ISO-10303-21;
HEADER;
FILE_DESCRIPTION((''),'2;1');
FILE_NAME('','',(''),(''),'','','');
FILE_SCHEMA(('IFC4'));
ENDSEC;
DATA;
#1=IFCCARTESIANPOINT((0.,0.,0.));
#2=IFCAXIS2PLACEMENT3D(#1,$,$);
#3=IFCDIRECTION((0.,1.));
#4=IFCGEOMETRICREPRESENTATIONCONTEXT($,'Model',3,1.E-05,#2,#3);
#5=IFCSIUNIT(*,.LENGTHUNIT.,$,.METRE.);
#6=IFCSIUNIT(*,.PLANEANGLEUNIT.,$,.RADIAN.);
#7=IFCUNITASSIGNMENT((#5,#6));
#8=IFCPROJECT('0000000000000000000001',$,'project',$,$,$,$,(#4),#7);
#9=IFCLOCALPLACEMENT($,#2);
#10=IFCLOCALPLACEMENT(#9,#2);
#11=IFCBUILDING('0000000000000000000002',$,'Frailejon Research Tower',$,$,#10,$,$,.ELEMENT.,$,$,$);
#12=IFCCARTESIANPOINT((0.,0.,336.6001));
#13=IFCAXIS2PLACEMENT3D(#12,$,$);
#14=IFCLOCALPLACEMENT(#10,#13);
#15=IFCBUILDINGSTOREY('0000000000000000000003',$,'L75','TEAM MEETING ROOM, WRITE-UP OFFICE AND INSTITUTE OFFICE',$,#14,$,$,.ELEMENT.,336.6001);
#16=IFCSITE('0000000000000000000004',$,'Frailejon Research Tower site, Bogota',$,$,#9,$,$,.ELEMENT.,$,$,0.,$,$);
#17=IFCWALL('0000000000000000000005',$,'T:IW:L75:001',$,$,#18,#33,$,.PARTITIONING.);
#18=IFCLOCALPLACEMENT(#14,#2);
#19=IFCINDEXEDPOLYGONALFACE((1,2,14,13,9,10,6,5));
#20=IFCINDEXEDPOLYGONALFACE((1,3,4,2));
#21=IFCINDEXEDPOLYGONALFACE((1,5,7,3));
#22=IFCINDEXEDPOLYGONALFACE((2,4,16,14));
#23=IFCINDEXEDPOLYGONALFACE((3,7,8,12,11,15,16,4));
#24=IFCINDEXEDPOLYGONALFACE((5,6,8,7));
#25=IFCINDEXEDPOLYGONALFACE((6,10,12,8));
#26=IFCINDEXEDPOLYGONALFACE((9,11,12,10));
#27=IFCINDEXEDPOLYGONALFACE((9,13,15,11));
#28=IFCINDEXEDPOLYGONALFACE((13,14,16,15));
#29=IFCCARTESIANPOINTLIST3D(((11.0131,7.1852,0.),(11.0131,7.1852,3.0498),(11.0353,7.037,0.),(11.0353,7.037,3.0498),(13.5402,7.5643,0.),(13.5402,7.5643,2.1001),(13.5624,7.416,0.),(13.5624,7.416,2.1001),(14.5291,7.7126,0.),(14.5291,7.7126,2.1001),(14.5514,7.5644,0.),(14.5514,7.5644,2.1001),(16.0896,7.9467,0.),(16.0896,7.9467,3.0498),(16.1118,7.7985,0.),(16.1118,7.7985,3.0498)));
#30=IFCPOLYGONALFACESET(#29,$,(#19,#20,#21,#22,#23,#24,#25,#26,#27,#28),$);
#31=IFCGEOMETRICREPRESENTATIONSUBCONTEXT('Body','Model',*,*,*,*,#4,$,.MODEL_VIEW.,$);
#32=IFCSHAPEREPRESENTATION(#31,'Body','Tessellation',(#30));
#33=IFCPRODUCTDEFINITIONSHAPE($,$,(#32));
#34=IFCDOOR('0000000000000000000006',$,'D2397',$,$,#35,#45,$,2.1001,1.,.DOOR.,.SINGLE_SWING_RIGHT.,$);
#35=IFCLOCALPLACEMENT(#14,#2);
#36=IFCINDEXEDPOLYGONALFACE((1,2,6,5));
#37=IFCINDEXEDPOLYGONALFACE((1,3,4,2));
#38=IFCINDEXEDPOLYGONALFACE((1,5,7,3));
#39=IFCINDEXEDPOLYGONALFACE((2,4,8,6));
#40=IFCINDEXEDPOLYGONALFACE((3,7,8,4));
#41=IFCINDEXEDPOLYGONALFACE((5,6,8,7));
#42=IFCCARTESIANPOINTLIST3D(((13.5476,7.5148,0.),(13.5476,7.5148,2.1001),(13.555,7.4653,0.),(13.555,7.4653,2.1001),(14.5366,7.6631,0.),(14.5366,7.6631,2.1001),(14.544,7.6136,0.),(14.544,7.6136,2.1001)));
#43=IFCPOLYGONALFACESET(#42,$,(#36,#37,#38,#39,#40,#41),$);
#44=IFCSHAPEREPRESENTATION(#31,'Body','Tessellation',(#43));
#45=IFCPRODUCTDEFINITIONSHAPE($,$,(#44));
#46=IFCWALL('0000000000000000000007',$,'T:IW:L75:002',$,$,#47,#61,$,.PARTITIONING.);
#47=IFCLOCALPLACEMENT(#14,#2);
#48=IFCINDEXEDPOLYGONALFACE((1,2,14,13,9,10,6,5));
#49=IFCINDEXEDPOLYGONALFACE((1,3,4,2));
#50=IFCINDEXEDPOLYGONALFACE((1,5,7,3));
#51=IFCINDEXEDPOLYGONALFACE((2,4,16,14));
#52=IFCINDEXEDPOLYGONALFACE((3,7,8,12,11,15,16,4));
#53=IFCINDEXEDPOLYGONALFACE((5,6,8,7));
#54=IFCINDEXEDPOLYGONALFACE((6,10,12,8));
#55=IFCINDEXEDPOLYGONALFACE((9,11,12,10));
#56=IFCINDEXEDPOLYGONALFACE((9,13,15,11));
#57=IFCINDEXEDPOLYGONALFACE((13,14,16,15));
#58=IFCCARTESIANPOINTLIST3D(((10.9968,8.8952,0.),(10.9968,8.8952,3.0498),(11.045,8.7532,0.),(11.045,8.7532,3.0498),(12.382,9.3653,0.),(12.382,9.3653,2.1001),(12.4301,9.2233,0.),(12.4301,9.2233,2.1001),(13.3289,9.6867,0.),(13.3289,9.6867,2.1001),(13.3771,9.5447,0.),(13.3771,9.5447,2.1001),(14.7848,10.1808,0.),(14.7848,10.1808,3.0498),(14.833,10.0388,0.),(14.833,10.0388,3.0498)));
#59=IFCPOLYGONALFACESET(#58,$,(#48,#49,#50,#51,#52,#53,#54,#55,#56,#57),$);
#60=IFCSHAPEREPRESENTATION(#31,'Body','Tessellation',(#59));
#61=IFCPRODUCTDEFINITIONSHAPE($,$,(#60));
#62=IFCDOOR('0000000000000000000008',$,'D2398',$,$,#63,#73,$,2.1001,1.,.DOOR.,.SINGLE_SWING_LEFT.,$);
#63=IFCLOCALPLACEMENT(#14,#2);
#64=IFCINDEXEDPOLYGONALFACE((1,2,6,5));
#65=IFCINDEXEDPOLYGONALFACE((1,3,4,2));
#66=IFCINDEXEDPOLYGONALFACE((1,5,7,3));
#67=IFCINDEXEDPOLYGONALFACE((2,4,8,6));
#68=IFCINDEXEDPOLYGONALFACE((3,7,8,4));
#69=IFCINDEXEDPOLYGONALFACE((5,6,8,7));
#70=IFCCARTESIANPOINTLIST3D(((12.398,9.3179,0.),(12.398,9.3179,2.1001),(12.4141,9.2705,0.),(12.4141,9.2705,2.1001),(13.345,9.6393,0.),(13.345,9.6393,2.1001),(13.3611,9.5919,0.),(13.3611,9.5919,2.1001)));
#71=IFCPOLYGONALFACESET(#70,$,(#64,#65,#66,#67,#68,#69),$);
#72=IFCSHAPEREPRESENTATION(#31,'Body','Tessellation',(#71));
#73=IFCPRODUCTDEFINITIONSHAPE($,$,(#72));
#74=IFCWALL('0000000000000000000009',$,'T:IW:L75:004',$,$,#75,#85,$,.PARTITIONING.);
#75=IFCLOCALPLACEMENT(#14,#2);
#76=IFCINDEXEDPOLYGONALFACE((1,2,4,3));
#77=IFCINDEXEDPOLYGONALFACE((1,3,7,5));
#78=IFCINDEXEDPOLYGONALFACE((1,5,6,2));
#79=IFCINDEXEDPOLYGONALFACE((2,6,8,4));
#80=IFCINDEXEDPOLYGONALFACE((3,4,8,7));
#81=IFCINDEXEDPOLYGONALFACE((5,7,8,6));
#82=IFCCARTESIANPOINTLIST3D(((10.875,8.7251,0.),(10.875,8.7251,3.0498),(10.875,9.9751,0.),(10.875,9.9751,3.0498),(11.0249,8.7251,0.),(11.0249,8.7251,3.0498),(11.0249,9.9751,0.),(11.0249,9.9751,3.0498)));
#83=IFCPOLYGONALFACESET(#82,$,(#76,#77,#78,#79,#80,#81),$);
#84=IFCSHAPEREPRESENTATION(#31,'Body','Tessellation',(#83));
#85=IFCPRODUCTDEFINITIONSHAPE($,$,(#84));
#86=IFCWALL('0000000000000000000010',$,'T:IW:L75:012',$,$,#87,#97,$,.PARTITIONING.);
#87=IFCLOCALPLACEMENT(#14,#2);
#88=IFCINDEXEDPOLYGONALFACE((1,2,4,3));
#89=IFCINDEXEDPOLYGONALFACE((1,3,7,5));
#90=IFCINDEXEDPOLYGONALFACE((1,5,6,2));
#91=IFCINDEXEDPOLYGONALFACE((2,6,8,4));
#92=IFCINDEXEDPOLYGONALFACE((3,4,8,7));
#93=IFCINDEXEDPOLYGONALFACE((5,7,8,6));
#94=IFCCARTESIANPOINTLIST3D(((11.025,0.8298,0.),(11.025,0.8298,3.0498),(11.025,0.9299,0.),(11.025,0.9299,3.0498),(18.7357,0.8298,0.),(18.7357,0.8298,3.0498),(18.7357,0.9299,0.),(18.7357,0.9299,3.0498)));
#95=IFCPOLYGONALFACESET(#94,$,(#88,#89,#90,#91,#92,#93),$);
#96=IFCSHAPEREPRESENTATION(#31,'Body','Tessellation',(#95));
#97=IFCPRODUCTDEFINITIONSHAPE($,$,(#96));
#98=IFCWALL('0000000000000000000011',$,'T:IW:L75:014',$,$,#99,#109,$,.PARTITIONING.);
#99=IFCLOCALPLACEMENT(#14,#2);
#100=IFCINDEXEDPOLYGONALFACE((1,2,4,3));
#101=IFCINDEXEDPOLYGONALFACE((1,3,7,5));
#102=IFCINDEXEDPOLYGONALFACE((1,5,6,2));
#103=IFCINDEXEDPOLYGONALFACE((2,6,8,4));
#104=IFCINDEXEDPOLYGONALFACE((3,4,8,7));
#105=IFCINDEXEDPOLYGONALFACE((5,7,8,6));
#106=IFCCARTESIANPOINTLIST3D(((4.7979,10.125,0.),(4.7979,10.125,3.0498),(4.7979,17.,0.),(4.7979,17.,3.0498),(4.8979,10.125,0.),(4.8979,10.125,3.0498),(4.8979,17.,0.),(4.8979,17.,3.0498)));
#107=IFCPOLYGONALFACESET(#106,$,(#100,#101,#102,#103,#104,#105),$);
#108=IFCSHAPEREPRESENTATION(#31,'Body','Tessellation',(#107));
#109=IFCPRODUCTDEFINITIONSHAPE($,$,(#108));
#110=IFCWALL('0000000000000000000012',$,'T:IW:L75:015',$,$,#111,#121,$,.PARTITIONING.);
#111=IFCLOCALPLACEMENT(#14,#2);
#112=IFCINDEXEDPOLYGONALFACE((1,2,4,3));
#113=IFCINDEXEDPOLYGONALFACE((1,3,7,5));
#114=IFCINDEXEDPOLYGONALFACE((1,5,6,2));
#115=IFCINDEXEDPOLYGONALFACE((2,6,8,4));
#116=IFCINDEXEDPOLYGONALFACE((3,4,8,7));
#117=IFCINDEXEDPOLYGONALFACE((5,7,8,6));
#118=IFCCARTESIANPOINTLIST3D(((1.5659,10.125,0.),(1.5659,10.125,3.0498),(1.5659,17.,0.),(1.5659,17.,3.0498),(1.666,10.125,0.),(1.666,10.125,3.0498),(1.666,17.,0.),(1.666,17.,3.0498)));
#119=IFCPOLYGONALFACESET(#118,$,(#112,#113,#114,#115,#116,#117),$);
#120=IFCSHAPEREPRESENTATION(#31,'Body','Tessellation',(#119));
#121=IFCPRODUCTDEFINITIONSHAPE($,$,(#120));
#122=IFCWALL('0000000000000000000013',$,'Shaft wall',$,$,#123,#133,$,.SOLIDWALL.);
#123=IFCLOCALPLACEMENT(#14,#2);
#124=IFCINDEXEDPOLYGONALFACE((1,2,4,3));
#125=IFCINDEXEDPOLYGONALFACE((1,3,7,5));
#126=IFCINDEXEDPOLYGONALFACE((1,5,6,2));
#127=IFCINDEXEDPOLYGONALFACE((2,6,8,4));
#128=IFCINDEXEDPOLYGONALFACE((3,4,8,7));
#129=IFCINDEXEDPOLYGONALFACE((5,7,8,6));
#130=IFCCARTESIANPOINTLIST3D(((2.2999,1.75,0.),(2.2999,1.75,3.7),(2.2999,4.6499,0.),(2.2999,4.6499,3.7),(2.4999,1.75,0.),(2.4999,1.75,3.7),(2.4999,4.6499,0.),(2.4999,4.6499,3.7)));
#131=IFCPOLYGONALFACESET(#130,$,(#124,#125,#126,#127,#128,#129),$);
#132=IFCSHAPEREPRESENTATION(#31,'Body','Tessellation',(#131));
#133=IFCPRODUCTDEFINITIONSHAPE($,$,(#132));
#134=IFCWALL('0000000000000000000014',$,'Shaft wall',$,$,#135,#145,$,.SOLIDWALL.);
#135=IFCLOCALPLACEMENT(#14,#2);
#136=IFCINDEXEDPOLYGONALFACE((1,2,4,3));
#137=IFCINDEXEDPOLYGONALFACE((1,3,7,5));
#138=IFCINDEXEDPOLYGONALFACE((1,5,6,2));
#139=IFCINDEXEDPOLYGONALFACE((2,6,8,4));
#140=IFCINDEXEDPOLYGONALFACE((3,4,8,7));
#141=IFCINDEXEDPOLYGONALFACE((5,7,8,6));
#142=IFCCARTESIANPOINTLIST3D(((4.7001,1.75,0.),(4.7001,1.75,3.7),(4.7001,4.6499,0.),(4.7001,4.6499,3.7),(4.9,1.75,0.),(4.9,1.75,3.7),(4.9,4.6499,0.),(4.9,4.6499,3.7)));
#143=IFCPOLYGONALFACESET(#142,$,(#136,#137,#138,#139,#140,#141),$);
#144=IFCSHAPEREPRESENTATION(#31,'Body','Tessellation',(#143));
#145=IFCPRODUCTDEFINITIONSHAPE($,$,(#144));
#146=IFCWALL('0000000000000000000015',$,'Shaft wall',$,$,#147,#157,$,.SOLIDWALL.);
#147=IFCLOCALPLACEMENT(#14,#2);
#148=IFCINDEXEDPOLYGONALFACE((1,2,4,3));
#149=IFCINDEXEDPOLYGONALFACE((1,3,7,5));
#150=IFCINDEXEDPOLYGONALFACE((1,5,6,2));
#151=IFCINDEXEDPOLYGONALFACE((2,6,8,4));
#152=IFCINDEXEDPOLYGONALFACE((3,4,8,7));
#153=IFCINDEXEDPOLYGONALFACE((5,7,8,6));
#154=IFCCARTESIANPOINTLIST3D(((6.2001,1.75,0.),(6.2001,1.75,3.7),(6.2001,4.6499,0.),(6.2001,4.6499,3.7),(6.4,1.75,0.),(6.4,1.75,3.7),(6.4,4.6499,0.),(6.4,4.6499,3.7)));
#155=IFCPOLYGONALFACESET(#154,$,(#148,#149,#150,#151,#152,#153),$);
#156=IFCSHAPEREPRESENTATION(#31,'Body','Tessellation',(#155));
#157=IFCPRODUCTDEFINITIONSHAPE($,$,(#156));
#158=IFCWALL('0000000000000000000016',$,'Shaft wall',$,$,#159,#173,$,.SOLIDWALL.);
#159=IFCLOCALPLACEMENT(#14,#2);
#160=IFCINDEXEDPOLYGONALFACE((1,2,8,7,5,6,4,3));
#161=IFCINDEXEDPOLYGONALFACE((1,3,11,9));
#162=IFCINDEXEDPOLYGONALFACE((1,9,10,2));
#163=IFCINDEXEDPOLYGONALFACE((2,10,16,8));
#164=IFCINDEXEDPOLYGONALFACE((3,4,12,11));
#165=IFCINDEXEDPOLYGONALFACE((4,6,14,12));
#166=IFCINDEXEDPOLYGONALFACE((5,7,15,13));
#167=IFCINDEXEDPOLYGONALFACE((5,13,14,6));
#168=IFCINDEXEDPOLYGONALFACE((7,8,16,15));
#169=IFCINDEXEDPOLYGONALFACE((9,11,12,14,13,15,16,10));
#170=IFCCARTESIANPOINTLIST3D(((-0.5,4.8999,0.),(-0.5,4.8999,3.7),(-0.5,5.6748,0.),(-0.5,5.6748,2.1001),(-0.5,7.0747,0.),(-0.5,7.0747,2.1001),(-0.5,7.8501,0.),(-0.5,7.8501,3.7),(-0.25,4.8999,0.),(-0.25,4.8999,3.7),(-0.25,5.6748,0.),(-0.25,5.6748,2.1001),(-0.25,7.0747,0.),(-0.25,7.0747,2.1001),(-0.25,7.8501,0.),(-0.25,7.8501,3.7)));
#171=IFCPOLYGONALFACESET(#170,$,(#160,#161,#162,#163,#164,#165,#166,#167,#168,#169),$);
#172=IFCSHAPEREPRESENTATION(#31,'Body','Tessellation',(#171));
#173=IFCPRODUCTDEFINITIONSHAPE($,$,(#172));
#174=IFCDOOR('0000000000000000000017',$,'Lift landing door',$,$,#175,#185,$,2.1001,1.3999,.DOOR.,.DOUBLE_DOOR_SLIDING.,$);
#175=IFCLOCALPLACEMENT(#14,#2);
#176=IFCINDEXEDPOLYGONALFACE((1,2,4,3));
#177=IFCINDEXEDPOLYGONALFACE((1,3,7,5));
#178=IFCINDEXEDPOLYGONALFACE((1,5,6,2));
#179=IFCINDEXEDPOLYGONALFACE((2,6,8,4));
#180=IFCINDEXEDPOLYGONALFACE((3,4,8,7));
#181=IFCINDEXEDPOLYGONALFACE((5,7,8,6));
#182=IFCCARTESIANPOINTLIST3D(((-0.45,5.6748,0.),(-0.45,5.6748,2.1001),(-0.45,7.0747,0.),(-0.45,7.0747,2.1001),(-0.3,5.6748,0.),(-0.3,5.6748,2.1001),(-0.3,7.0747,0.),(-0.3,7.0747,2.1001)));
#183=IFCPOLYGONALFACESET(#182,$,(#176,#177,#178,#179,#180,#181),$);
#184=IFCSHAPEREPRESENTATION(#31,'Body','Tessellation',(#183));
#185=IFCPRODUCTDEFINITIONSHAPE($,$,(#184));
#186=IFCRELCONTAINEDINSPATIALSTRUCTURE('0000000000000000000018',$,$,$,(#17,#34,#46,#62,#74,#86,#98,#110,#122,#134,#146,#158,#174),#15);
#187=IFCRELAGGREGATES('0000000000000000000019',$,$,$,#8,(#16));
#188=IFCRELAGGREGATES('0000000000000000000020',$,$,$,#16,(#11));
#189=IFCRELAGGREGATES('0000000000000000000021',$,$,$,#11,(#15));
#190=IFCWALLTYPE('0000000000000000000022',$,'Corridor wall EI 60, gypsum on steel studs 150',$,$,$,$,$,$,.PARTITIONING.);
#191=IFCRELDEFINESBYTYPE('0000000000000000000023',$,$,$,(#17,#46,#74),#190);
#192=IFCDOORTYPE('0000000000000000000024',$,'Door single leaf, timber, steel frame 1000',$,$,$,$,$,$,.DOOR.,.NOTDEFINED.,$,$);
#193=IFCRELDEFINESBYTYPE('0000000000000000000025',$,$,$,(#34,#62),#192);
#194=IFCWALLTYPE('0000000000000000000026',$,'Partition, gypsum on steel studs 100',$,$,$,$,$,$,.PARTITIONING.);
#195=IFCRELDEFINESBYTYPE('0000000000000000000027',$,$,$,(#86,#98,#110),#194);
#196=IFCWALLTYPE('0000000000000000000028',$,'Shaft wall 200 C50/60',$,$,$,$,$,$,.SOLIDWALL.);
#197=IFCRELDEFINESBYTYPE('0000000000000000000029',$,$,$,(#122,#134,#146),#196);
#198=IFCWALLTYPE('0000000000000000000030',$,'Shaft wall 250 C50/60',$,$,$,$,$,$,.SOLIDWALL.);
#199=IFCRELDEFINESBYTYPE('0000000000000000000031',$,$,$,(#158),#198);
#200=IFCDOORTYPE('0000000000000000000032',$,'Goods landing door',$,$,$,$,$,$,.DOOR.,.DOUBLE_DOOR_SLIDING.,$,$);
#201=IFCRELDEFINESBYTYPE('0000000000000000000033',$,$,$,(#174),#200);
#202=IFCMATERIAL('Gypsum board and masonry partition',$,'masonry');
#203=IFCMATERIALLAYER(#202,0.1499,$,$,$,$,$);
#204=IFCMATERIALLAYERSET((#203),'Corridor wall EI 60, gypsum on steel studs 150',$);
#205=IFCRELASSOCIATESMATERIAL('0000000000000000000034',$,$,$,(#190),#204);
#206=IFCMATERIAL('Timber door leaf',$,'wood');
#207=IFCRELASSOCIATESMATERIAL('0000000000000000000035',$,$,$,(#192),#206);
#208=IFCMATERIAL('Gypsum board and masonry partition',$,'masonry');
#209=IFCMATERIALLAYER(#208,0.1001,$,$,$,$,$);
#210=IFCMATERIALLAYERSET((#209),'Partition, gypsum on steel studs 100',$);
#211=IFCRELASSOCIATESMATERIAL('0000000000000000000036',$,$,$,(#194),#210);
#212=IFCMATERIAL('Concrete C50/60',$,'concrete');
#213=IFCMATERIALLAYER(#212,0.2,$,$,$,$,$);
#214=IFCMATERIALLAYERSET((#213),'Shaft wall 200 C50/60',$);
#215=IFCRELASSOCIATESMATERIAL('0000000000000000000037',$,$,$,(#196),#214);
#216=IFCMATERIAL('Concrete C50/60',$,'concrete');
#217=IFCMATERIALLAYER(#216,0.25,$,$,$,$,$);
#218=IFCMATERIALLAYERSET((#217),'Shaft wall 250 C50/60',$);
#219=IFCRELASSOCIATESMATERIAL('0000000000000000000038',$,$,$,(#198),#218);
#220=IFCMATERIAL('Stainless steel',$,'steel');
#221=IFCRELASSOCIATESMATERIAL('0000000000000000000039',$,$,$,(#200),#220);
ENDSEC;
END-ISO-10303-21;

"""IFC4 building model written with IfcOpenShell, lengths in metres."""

from ifc_helpers import new_model, si_unit, direction, frame, frame_2d, origin, place, context, subcontext, project, spatial, rectangle, extrude, material, layer, layer_set, type_object, element, fill, save


model = new_model("IFC4")

# Units and contexts
model_context = context("Model", 3, precision=1e-05, world=origin(), true_north=direction((0.0, 1.0)))
body_context = subcontext(model_context, "Body", "Model", "MODEL_VIEW")
ifc_project = project(units=[si_unit("LENGTHUNIT", "METRE"), si_unit("PLANEANGLEUNIT", "RADIAN")], contexts=[model_context])

# Site, building, storey
site_placement = place(None, origin())
site = spatial("IfcSite", under=ifc_project, at=site_placement, Name="Frailejon Research Tower site, Bogota", CompositionType="ELEMENT", RefElevation=0.0)
building_placement = place(site_placement, origin())
building = spatial("IfcBuilding", under=site, at=building_placement, Name="Frailejon Research Tower", CompositionType="ELEMENT")
storey_placement = place(building_placement, frame((0.0, 0.0, 336.6001)))
storey = spatial("IfcBuildingStorey", under=building, at=storey_placement, Name="L75", Description="TEAM MEETING ROOM, WRITE-UP OFFICE AND INSTITUTE OFFICE", CompositionType="ELEMENT", Elevation=336.6001)

# Walls, openings, doors
ifc_material_1 = material(Name="Gypsum board and masonry partition", Category="masonry")
ifc_layer_1 = layer(ifc_material_1, 0.1499)
ifc_layer_set_1 = layer_set([ifc_layer_1], Name="Corridor wall EI 60, gypsum on steel studs 150")
wall_type_1 = type_object("IfcWallType", Name="Corridor wall EI 60, gypsum on steel studs 150", PredefinedType="PARTITIONING", material=ifc_layer_set_1)
wall_1_placement = place(storey_placement, frame((11.0242, 7.1111, 0.0), z_axis=(0.0, 0.0, 1.0), x_axis=(0.988936, 0.148343, 0.0)))
wall_1 = element("IfcWall", 1, at=wall_1_placement, inside=storey, type_object=wall_type_1, Name="T:IW:L75:001", PredefinedType="PARTITIONING", context=body_context, shape_type="SweptSolid", body=[
    extrude(rectangle(XDim=5.1333, YDim=0.1499, at=frame_2d((2.5667, 0.0))), origin(), (0.0, 0.0, 1.0), 3.0498),
])
opening_1_placement = place(wall_1_placement, frame((2.5554, 0.0, 0.0)))
opening_1 = element("IfcOpeningElement", 2, at=opening_1_placement, cuts=wall_1, PredefinedType="OPENING", context=body_context, shape_type="SweptSolid", body=[
    extrude(rectangle(XDim=1.0, YDim=2.1001, at=frame_2d((0.5, 1.05))), frame((0.0, 0.085, 0.0), z_axis=(0.0, -1.0, 0.0), x_axis=(1.0, 0.0, 0.0)), (0.0, 0.0, 1.0), 0.1699),
])
ifc_material_2 = material(Name="Timber door leaf", Category="wood")
door_type_1 = type_object("IfcDoorType", Name="Door single leaf, timber, steel frame 1000", OperationType="NOTDEFINED", PredefinedType="DOOR", material=ifc_material_2)
door_1_placement = place(opening_1_placement, origin())
door_1 = element("IfcDoor", 3, at=door_1_placement, inside=storey, type_object=door_type_1, Name="D2397", OperationType="SINGLE_SWING_RIGHT", OverallHeight=2.1001, OverallWidth=1.0, PredefinedType="DOOR", context=body_context, shape_type="SweptSolid", body=[
    extrude(rectangle(XDim=1.0, YDim=2.1001, at=frame_2d((0.5, 1.05))), frame((0.0, 0.0249, 0.0), z_axis=(0.0, -1.0, 0.0), x_axis=(1.0, 0.0, 0.0)), (0.0, 0.0, 1.0), 0.05),
])
fill(opening_1, door_1)
wall_2_placement = place(storey_placement, frame((11.021, 8.8242, 0.0), z_axis=(0.0, 0.0, 1.0), x_axis=(0.946948, 0.321386, 0.0)))
wall_2 = element("IfcWall", 4, at=wall_2_placement, inside=storey, type_object=wall_type_1, Name="T:IW:L75:002", PredefinedType="PARTITIONING", context=body_context, shape_type="SweptSolid", body=[
    extrude(rectangle(XDim=4.0002, YDim=0.1499, at=frame_2d((2.0, 0.0))), origin(), (0.0, 0.0, 1.0), 3.0498),
])
opening_2_placement = place(wall_2_placement, frame((1.4626, 0.0, 0.0)))
opening_2 = element("IfcOpeningElement", 5, at=opening_2_placement, cuts=wall_2, PredefinedType="OPENING", context=body_context, shape_type="SweptSolid", body=[
    extrude(rectangle(XDim=1.0, YDim=2.1001, at=frame_2d((0.5, 1.05))), frame((0.0, 0.085, 0.0), z_axis=(0.0, -1.0, 0.0), x_axis=(1.0, 0.0, 0.0)), (0.0, 0.0, 1.0), 0.1699),
])
door_2_placement = place(opening_2_placement, origin())
door_2 = element("IfcDoor", 6, at=door_2_placement, inside=storey, type_object=door_type_1, Name="D2398", OperationType="SINGLE_SWING_LEFT", OverallHeight=2.1001, OverallWidth=1.0, PredefinedType="DOOR", context=body_context, shape_type="SweptSolid", body=[
    extrude(rectangle(XDim=1.0, YDim=2.1001, at=frame_2d((0.5, 1.05))), frame((0.0, 0.0249, 0.0), z_axis=(0.0, -1.0, 0.0), x_axis=(1.0, 0.0, 0.0)), (0.0, 0.0, 1.0), 0.05),
])
fill(opening_2, door_2)

# Walls
wall_3_placement = place(storey_placement, frame((10.95, 8.7251, 0.0), z_axis=(0.0, 0.0, 1.0), x_axis=(0.0, 1.0, 0.0)))
element("IfcWall", 7, at=wall_3_placement, inside=storey, type_object=wall_type_1, Name="T:IW:L75:004", PredefinedType="PARTITIONING", context=body_context, shape_type="SweptSolid", body=[
    extrude(rectangle(XDim=1.25, YDim=0.1499, at=frame_2d((0.625, 0.0))), origin(), (0.0, 0.0, 1.0), 3.0498),
])
ifc_material_3 = material(Name="Gypsum board and masonry partition", Category="masonry")
ifc_layer_2 = layer(ifc_material_3, 0.1001)
ifc_layer_set_2 = layer_set([ifc_layer_2], Name="Partition, gypsum on steel studs 100")
wall_type_2 = type_object("IfcWallType", Name="Partition, gypsum on steel studs 100", PredefinedType="PARTITIONING", material=ifc_layer_set_2)
wall_4_placement = place(storey_placement, frame((11.0249, 0.8799, 0.0), z_axis=(0.0, 0.0, 1.0), x_axis=(1.0, 0.0, 0.0)))
element("IfcWall", 8, at=wall_4_placement, inside=storey, type_object=wall_type_2, Name="T:IW:L75:012", PredefinedType="PARTITIONING", context=body_context, shape_type="SweptSolid", body=[
    extrude(rectangle(XDim=7.7107, YDim=0.1001, at=frame_2d((3.8555, 0.0))), origin(), (0.0, 0.0, 1.0), 3.0498),
])
for number, where, z_axis, x_axis, name in (
    (9, (4.8479, 10.125, 0.0), (0.0, 0.0, 1.0), (0.0, 1.0, 0.0), "T:IW:L75:014"),
    (10, (1.616, 10.125, 0.0), (0.0, 0.0, 1.0), (0.0, 1.0, 0.0), "T:IW:L75:015"),
):
    element("IfcWall", number, at=place(storey_placement, frame(where, z_axis=z_axis, x_axis=x_axis)), inside=storey, type_object=wall_type_2, Name=name, PredefinedType="PARTITIONING", context=body_context, shape_type="SweptSolid", body=[
        extrude(rectangle(XDim=6.875, YDim=0.1001, at=frame_2d((3.4375, 0.0))), origin(), (0.0, 0.0, 1.0), 3.0498),
    ])
ifc_material_4 = material(Name="Concrete C50/60", Category="concrete")
ifc_layer_3 = layer(ifc_material_4, 0.2)
ifc_layer_set_3 = layer_set([ifc_layer_3], Name="Shaft wall 200 C50/60")
wall_type_3 = type_object("IfcWallType", Name="Shaft wall 200 C50/60", PredefinedType="SOLIDWALL", material=ifc_layer_set_3)
for number, where, z_axis, x_axis, name in (
    (11, (2.3999, 1.75, 0.0), (0.0, 0.0, 1.0), (0.0, 1.0, 0.0), "Shaft wall"),
    (12, (4.8, 1.75, 0.0), (0.0, 0.0, 1.0), (0.0, 1.0, 0.0), "Shaft wall"),
    (13, (6.3, 1.75, 0.0), (0.0, 0.0, 1.0), (0.0, 1.0, 0.0), "Shaft wall"),
):
    element("IfcWall", number, at=place(storey_placement, frame(where, z_axis=z_axis, x_axis=x_axis)), inside=storey, type_object=wall_type_3, Name=name, PredefinedType="SOLIDWALL", context=body_context, shape_type="SweptSolid", body=[
        extrude(rectangle(XDim=2.8999, YDim=0.2, at=frame_2d((1.45, 0.0))), origin(), (0.0, 0.0, 1.0), 3.7),
    ])

# Wall, opening, door
ifc_material_5 = material(Name="Concrete C50/60", Category="concrete")
ifc_layer_4 = layer(ifc_material_5, 0.25)
ifc_layer_set_4 = layer_set([ifc_layer_4], Name="Shaft wall 250 C50/60")
wall_type_4 = type_object("IfcWallType", Name="Shaft wall 250 C50/60", PredefinedType="SOLIDWALL", material=ifc_layer_set_4)
wall_5_placement = place(storey_placement, frame((-0.375, 4.8999, 0.0), z_axis=(0.0, 0.0, 1.0), x_axis=(0.0, 1.0, 0.0)))
wall_5 = element("IfcWall", 14, at=wall_5_placement, inside=storey, type_object=wall_type_4, Name="Shaft wall", PredefinedType="SOLIDWALL", context=body_context, shape_type="SweptSolid", body=[
    extrude(rectangle(XDim=2.9502, YDim=0.25, at=frame_2d((1.4751, 0.0))), origin(), (0.0, 0.0, 1.0), 3.7),
])
opening_3_placement = place(wall_5_placement, frame((0.7749, 0.0, 0.0)))
opening_3 = element("IfcOpeningElement", 15, at=opening_3_placement, cuts=wall_5, PredefinedType="OPENING", context=body_context, shape_type="SweptSolid", body=[
    extrude(rectangle(XDim=1.3999, YDim=2.1001, at=frame_2d((0.7, 1.05))), frame((0.0, 0.135, 0.0), z_axis=(0.0, -1.0, 0.0), x_axis=(1.0, 0.0, 0.0)), (0.0, 0.0, 1.0), 0.27),
])
ifc_material_6 = material(Name="Stainless steel", Category="steel")
door_type_2 = type_object("IfcDoorType", Name="Goods landing door", OperationType="DOUBLE_DOOR_SLIDING", PredefinedType="DOOR", material=ifc_material_6)
door_3_placement = place(opening_3_placement, origin())
door_3 = element("IfcDoor", 16, at=door_3_placement, inside=storey, type_object=door_type_2, Name="Lift landing door", OperationType="DOUBLE_DOOR_SLIDING", OverallHeight=2.1001, OverallWidth=1.3999, PredefinedType="DOOR", context=body_context, shape_type="SweptSolid", body=[
    extrude(rectangle(XDim=1.3999, YDim=2.1001, at=frame_2d((0.7, 1.05))), frame((0.0, 0.075, 0.0), z_axis=(0.0, -1.0, 0.0), x_axis=(1.0, 0.0, 0.0)), (0.0, 0.0, 1.0), 0.1499),
])
fill(opening_3, door_3)

save(model, "model.ifc")
